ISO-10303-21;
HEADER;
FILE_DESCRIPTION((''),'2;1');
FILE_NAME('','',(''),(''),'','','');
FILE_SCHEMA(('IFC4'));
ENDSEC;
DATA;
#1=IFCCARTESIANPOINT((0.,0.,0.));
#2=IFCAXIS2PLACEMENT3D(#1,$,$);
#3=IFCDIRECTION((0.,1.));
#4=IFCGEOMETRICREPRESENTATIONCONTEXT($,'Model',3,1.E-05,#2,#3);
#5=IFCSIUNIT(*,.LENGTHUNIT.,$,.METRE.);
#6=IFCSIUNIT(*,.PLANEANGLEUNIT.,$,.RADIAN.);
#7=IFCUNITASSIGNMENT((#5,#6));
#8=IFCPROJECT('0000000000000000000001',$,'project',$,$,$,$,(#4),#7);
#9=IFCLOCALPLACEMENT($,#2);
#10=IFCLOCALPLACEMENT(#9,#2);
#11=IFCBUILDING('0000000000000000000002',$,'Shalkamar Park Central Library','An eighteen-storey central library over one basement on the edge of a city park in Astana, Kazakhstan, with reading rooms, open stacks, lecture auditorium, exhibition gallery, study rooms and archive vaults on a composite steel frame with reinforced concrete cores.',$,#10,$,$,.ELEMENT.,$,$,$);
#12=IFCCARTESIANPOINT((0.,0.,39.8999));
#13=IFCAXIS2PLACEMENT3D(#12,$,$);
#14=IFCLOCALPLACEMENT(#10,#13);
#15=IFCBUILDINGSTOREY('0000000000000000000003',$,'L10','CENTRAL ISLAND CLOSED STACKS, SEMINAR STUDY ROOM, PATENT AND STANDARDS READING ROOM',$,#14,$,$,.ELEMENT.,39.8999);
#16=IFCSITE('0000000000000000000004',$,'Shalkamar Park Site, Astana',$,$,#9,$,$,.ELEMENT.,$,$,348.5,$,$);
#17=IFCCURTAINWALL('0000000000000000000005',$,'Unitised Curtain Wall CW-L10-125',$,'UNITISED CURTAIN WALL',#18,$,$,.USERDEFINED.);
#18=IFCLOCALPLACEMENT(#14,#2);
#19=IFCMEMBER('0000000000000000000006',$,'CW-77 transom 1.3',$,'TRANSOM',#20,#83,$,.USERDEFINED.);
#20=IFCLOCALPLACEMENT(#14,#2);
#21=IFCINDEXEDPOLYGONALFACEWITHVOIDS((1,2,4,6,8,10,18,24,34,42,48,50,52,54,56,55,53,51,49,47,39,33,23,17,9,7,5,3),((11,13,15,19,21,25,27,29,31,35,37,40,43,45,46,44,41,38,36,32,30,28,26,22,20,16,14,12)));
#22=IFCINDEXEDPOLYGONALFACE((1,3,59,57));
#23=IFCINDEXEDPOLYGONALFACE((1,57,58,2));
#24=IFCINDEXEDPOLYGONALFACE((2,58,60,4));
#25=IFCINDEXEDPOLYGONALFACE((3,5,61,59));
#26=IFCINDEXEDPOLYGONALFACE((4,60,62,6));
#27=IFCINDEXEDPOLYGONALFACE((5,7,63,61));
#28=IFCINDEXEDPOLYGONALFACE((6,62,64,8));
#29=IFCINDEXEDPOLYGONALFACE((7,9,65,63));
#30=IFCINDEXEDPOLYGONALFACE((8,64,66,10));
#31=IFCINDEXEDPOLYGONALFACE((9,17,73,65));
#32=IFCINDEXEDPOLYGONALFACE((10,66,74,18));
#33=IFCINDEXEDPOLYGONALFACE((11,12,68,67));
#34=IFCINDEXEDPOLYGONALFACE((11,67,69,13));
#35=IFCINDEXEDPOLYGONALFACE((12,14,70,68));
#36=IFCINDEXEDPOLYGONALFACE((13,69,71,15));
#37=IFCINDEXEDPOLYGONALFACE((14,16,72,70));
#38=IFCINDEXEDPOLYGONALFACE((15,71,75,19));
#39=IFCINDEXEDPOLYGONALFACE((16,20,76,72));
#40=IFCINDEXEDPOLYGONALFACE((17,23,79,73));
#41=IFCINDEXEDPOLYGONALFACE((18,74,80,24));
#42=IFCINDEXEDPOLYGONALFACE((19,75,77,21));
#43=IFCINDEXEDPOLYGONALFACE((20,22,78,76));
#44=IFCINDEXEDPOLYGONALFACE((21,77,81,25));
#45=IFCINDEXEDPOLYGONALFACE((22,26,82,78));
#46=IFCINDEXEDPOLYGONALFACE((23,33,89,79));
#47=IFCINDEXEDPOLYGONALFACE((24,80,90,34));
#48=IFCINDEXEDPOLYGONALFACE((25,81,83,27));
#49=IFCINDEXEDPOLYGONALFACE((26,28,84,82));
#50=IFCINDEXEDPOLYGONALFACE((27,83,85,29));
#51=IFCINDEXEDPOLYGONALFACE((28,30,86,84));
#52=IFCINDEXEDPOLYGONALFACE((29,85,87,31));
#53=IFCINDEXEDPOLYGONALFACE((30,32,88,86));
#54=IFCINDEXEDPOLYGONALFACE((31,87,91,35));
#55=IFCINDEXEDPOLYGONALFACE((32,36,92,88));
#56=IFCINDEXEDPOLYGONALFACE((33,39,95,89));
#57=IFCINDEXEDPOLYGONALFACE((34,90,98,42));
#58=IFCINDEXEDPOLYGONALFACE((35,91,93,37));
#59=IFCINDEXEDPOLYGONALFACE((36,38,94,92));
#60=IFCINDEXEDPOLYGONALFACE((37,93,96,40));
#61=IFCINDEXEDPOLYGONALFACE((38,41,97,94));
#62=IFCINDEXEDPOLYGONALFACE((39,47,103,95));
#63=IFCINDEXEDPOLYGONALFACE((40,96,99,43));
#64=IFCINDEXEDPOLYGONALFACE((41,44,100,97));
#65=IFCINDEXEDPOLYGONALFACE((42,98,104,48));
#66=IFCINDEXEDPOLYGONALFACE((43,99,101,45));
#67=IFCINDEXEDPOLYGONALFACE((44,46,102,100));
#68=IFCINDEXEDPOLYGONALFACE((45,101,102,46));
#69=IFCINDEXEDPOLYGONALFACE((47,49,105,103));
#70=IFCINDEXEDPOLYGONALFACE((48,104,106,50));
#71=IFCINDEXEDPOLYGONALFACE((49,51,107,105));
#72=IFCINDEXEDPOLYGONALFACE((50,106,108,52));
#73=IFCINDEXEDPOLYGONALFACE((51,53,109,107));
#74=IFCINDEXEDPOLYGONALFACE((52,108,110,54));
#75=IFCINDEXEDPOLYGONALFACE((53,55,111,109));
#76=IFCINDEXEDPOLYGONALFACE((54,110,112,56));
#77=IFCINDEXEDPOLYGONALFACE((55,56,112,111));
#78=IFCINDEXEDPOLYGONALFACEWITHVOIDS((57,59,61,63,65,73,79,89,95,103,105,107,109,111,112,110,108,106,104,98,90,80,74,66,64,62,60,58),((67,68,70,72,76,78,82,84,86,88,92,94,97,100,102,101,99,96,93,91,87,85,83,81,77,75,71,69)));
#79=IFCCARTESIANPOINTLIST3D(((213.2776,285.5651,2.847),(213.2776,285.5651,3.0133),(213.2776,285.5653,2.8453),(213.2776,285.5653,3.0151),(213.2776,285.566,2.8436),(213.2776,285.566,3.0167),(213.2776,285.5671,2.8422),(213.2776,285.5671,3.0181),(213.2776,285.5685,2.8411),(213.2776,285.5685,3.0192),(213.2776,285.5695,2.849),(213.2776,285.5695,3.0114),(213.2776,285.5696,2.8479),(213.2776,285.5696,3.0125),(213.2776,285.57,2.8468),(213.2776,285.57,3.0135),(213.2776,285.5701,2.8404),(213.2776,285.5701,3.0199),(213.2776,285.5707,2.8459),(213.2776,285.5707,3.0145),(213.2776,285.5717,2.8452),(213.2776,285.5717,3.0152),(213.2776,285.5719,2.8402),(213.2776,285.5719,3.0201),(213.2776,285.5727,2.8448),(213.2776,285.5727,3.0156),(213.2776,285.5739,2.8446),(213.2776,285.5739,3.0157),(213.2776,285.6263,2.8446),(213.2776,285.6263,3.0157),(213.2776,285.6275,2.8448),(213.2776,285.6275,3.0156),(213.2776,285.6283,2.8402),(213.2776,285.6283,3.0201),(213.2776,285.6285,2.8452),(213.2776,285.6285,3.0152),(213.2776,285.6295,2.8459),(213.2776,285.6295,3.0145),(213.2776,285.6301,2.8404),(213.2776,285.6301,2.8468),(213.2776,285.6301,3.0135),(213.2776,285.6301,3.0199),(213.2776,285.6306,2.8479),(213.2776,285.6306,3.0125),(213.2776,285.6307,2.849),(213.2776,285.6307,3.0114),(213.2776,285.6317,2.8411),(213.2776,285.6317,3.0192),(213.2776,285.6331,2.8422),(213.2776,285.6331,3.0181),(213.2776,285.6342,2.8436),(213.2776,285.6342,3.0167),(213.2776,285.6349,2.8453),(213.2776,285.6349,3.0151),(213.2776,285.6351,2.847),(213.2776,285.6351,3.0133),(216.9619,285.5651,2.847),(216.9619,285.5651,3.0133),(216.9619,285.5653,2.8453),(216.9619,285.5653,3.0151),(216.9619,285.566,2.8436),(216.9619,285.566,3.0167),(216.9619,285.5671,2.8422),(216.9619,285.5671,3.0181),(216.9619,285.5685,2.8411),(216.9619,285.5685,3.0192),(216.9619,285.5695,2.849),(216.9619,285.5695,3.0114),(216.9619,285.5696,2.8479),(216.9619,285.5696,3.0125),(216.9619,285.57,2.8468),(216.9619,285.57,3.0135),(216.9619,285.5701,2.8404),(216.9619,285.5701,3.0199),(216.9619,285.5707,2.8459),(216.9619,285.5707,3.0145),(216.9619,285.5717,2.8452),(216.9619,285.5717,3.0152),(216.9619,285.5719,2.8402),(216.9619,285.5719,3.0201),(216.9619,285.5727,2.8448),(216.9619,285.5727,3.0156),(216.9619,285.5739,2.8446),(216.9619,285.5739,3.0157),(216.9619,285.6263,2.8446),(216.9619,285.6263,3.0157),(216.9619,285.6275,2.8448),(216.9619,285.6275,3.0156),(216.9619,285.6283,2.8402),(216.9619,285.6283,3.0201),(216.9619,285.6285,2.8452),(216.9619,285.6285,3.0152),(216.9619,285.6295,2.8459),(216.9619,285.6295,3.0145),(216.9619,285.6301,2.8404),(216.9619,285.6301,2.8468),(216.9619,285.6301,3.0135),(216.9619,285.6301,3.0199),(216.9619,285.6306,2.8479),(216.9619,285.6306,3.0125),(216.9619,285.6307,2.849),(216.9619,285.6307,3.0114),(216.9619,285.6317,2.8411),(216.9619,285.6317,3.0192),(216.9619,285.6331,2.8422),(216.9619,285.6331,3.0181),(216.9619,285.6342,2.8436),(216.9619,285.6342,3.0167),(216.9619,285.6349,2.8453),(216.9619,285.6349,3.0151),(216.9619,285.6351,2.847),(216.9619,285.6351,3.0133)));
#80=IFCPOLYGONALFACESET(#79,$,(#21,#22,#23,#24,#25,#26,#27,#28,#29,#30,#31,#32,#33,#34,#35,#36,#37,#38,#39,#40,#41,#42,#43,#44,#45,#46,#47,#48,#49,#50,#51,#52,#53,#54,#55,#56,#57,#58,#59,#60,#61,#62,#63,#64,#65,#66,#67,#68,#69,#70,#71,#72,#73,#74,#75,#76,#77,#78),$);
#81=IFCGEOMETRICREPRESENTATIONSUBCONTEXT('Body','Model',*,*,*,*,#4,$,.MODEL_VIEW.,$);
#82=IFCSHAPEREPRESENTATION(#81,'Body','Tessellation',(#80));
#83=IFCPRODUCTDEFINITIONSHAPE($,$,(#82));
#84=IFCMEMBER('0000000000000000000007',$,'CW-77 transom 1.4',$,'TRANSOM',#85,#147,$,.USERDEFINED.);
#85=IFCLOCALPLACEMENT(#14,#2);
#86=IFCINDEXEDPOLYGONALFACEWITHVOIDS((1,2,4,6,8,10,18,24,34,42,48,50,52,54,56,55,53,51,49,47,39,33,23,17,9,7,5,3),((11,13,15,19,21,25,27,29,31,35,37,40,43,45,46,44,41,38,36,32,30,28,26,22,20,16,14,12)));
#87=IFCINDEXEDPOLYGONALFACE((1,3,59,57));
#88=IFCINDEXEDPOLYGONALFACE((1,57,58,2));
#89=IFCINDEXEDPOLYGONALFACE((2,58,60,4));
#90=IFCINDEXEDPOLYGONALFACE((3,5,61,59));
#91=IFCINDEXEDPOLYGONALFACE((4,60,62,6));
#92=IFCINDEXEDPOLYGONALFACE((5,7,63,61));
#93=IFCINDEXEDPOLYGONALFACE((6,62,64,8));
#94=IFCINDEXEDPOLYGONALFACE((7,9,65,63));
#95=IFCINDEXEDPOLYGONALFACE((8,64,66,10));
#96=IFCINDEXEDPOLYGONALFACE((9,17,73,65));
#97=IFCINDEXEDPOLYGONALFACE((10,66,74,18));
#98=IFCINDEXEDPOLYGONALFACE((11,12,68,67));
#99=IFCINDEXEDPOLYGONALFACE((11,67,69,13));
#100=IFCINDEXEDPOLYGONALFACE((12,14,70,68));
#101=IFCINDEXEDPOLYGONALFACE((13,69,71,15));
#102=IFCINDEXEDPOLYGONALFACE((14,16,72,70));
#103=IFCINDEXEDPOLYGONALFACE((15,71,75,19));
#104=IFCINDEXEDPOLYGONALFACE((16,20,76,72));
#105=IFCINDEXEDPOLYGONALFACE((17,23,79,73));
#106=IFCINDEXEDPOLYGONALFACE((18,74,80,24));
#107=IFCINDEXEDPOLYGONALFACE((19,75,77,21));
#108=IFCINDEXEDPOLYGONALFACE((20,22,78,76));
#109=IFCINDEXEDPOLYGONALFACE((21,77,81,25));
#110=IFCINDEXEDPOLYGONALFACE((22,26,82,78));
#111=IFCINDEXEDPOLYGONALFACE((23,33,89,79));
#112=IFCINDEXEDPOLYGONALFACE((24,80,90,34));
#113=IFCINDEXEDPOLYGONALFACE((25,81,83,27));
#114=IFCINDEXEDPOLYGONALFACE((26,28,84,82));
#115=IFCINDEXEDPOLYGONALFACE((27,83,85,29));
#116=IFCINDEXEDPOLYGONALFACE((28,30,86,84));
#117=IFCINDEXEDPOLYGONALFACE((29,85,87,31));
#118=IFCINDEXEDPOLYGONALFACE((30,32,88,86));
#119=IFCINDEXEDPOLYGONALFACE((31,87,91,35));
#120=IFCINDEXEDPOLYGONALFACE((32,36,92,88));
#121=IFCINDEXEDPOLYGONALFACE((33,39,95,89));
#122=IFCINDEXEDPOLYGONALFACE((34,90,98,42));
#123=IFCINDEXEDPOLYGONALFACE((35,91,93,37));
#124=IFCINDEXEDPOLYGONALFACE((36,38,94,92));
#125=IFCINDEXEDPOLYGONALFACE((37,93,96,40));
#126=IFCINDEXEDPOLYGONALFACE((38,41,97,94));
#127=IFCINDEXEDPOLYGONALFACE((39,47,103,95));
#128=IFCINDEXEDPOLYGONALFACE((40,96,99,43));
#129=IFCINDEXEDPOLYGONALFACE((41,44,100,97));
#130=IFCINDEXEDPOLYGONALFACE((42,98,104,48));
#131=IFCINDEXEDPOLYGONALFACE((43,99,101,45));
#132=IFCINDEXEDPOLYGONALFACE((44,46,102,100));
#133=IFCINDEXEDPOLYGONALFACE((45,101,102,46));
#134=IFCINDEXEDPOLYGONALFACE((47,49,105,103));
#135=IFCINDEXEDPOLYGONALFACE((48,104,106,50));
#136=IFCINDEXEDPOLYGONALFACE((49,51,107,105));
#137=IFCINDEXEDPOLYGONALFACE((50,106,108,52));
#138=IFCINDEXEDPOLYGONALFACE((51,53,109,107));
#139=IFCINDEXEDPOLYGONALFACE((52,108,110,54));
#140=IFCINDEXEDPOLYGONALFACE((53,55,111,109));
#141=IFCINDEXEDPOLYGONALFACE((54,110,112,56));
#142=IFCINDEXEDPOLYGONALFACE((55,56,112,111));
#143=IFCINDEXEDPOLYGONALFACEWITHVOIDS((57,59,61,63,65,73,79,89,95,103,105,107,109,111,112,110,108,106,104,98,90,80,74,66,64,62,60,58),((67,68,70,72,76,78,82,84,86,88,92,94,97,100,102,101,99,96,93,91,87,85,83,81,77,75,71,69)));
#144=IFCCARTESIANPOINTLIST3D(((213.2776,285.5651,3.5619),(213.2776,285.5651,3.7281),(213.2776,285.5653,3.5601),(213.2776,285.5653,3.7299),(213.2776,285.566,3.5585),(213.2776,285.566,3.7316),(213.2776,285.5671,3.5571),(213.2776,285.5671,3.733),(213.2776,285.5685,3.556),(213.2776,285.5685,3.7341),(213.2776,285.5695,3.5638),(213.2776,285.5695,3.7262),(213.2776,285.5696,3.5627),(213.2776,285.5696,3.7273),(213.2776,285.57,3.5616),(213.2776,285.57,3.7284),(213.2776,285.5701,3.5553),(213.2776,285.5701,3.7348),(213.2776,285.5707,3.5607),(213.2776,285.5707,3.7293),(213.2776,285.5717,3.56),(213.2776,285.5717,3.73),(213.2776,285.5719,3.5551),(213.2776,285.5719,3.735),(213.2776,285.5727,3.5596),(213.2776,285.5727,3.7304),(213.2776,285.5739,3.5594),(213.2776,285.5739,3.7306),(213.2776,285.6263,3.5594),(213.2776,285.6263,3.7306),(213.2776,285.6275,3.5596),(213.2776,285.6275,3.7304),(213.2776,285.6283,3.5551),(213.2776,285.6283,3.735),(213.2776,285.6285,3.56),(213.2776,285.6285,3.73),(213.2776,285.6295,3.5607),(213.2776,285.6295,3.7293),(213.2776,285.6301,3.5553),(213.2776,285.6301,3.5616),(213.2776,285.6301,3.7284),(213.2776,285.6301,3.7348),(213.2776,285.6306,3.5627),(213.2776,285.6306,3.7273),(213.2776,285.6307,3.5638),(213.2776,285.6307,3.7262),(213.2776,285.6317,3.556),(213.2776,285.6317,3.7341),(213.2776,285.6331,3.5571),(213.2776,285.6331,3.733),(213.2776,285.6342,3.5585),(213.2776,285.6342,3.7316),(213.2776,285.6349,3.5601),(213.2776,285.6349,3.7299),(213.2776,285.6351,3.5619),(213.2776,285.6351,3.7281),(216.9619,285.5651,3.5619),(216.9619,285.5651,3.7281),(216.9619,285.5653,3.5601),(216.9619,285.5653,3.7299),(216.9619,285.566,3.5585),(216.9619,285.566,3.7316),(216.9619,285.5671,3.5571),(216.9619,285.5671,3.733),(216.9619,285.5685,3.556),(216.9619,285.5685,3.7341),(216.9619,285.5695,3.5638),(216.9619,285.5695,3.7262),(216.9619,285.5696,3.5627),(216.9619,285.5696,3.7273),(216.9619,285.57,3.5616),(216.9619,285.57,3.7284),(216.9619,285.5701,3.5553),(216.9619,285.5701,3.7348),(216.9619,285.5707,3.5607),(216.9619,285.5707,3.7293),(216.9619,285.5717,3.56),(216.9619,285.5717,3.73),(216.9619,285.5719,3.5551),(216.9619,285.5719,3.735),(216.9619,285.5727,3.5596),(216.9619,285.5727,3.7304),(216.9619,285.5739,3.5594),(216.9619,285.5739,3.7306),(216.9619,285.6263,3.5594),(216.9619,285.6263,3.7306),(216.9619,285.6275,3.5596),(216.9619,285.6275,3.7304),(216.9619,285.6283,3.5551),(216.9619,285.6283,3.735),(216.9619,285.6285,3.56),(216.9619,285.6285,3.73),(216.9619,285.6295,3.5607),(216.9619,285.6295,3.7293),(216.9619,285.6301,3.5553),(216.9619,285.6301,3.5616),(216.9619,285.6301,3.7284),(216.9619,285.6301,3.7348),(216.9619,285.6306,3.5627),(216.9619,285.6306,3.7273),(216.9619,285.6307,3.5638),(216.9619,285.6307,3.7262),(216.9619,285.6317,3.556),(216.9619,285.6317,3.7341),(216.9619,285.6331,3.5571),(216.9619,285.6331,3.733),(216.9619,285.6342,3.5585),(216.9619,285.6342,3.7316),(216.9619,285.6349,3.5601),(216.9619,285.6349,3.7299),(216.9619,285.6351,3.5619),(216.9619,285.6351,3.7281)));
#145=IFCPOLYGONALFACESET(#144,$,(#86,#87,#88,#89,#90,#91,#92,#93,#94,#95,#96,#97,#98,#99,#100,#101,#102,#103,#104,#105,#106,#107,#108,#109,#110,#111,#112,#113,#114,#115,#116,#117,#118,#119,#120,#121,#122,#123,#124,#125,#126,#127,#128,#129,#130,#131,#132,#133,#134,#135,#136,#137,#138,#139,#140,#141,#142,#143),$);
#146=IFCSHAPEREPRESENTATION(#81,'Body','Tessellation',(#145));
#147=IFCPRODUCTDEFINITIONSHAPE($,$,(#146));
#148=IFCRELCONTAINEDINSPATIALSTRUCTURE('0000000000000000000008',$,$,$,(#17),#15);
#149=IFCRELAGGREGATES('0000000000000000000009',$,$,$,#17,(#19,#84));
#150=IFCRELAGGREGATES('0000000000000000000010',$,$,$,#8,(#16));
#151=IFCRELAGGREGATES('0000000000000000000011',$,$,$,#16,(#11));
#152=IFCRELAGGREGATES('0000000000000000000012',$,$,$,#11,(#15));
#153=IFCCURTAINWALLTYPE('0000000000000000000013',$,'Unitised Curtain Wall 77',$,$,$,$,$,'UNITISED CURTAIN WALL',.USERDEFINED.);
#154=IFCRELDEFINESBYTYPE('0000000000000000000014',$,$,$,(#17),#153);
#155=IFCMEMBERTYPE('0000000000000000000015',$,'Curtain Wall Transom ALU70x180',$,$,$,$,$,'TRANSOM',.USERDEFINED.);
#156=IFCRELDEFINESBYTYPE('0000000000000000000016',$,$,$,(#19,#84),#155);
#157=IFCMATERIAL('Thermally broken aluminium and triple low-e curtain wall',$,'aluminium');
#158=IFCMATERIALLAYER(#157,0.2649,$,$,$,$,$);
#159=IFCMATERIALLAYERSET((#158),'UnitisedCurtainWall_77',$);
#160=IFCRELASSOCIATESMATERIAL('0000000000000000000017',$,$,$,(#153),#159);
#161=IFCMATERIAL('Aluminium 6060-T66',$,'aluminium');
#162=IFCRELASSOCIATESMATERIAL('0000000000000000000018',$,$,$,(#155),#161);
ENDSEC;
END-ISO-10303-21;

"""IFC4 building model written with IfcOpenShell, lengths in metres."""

from ifc_helpers import new_model, si_unit, direction, frame, origin, origin_2d, place, context, subcontext, project, spatial, hollow_rectangle, extrude, material, layer, layer_set, material_profile, profile_set, type_object, element, aggregate, save


model = new_model("IFC4")

# Units and contexts
model_context = context("Model", 3, precision=1e-05, world=origin(), true_north=direction((0.0, 1.0)))
body_context = subcontext(model_context, "Body", "Model", "MODEL_VIEW")
ifc_project = project(units=[si_unit("LENGTHUNIT", "METRE"), si_unit("PLANEANGLEUNIT", "RADIAN")], contexts=[model_context])

# Site, building, storey
site_placement = place(None, origin())
site = spatial("IfcSite", under=ifc_project, at=site_placement, Name="Shalkamar Park Site, Astana", CompositionType="ELEMENT", RefElevation=348.5)
building_placement = place(site_placement, origin())
building = spatial("IfcBuilding", under=site, at=building_placement, Name="Shalkamar Park Central Library", Description="An eighteen-storey central library over one basement on the edge of a city park in Astana, Kazakhstan, with reading rooms, open stacks, lecture auditorium, exhibition gallery, study rooms and archive vaults on a composite steel frame with reinforced concrete cores.", CompositionType="ELEMENT")
storey_placement = place(building_placement, frame((0.0, 0.0, 39.8999)))
storey = spatial("IfcBuildingStorey", under=building, at=storey_placement, Name="L10", Description="CENTRAL ISLAND CLOSED STACKS, SEMINAR STUDY ROOM, PATENT AND STANDARDS READING ROOM", CompositionType="ELEMENT", Elevation=39.8999)

# Shared definitions
ifc_material_1 = material(Name="Thermally broken aluminium and triple low-e curtain wall", Category="aluminium")
ifc_material_2 = material(Name="Aluminium 6060-T66", Category="aluminium")

# Curtain wall
ifc_layer_1 = layer(ifc_material_1, 0.2649)
ifc_layer_set_1 = layer_set([ifc_layer_1], Name="UnitisedCurtainWall_77")
curtain_wall_type_1 = type_object("IfcCurtainWallType", Name="Unitised Curtain Wall 77", ElementType="UNITISED CURTAIN WALL", PredefinedType="USERDEFINED", material=ifc_layer_set_1)
curtain_wall_1_placement = place(storey_placement, origin())
curtain_wall_1 = element("IfcCurtainWall", 1, at=curtain_wall_1_placement, inside=storey, type_object=curtain_wall_type_1, Name="Unitised Curtain Wall CW-L10-125", ObjectType="UNITISED CURTAIN WALL", PredefinedType="USERDEFINED")

# Members
ifc_material_profile_1 = material_profile(ifc_material_2, hollow_rectangle(XDim=0.0701, YDim=0.1799, WallThickness=0.0044, InnerFilletRadius=0.0044, OuterFilletRadius=0.0068, at=origin_2d()), Name="ALU 70x180x4.5")
ifc_profile_set_1 = profile_set([ifc_material_profile_1], Name="Aluminium 6060-T66")
member_type_1 = type_object("IfcMemberType", Name="Curtain Wall Transom ALU70x180", ElementType="TRANSOM", PredefinedType="USERDEFINED", material=ifc_profile_set_1)
member_1_placement = place(storey_placement, frame((213.2776, 285.6001, 2.9302), z_axis=(1.0, 0.0, 0.0), x_axis=(0.0, 1.0, 0.0)))
member_1 = element("IfcMember", 2, at=member_1_placement, type_object=member_type_1, Name="CW-77 transom 1.3", ObjectType="TRANSOM", PredefinedType="USERDEFINED", context=body_context, shape_type="SweptSolid", body=[
    extrude(hollow_rectangle(XDim=0.0701, YDim=0.1799, WallThickness=0.0044, InnerFilletRadius=0.0044, OuterFilletRadius=0.0068, at=origin_2d()), origin(), (0.0, 0.0, 1.0), 3.6843),
])
member_2_placement = place(storey_placement, frame((213.2776, 285.6001, 3.645), z_axis=(1.0, 0.0, 0.0), x_axis=(0.0, 1.0, 0.0)))
member_2 = element("IfcMember", 3, at=member_2_placement, type_object=member_type_1, Name="CW-77 transom 1.4", ObjectType="TRANSOM", PredefinedType="USERDEFINED", context=body_context, shape_type="SweptSolid", body=[
    extrude(hollow_rectangle(XDim=0.0701, YDim=0.1799, WallThickness=0.0044, InnerFilletRadius=0.0044, OuterFilletRadius=0.0068, at=origin_2d()), origin(), (0.0, 0.0, 1.0), 3.6843),
])

aggregate(curtain_wall_1, [member_1, member_2])

save(model, "model.ifc")
